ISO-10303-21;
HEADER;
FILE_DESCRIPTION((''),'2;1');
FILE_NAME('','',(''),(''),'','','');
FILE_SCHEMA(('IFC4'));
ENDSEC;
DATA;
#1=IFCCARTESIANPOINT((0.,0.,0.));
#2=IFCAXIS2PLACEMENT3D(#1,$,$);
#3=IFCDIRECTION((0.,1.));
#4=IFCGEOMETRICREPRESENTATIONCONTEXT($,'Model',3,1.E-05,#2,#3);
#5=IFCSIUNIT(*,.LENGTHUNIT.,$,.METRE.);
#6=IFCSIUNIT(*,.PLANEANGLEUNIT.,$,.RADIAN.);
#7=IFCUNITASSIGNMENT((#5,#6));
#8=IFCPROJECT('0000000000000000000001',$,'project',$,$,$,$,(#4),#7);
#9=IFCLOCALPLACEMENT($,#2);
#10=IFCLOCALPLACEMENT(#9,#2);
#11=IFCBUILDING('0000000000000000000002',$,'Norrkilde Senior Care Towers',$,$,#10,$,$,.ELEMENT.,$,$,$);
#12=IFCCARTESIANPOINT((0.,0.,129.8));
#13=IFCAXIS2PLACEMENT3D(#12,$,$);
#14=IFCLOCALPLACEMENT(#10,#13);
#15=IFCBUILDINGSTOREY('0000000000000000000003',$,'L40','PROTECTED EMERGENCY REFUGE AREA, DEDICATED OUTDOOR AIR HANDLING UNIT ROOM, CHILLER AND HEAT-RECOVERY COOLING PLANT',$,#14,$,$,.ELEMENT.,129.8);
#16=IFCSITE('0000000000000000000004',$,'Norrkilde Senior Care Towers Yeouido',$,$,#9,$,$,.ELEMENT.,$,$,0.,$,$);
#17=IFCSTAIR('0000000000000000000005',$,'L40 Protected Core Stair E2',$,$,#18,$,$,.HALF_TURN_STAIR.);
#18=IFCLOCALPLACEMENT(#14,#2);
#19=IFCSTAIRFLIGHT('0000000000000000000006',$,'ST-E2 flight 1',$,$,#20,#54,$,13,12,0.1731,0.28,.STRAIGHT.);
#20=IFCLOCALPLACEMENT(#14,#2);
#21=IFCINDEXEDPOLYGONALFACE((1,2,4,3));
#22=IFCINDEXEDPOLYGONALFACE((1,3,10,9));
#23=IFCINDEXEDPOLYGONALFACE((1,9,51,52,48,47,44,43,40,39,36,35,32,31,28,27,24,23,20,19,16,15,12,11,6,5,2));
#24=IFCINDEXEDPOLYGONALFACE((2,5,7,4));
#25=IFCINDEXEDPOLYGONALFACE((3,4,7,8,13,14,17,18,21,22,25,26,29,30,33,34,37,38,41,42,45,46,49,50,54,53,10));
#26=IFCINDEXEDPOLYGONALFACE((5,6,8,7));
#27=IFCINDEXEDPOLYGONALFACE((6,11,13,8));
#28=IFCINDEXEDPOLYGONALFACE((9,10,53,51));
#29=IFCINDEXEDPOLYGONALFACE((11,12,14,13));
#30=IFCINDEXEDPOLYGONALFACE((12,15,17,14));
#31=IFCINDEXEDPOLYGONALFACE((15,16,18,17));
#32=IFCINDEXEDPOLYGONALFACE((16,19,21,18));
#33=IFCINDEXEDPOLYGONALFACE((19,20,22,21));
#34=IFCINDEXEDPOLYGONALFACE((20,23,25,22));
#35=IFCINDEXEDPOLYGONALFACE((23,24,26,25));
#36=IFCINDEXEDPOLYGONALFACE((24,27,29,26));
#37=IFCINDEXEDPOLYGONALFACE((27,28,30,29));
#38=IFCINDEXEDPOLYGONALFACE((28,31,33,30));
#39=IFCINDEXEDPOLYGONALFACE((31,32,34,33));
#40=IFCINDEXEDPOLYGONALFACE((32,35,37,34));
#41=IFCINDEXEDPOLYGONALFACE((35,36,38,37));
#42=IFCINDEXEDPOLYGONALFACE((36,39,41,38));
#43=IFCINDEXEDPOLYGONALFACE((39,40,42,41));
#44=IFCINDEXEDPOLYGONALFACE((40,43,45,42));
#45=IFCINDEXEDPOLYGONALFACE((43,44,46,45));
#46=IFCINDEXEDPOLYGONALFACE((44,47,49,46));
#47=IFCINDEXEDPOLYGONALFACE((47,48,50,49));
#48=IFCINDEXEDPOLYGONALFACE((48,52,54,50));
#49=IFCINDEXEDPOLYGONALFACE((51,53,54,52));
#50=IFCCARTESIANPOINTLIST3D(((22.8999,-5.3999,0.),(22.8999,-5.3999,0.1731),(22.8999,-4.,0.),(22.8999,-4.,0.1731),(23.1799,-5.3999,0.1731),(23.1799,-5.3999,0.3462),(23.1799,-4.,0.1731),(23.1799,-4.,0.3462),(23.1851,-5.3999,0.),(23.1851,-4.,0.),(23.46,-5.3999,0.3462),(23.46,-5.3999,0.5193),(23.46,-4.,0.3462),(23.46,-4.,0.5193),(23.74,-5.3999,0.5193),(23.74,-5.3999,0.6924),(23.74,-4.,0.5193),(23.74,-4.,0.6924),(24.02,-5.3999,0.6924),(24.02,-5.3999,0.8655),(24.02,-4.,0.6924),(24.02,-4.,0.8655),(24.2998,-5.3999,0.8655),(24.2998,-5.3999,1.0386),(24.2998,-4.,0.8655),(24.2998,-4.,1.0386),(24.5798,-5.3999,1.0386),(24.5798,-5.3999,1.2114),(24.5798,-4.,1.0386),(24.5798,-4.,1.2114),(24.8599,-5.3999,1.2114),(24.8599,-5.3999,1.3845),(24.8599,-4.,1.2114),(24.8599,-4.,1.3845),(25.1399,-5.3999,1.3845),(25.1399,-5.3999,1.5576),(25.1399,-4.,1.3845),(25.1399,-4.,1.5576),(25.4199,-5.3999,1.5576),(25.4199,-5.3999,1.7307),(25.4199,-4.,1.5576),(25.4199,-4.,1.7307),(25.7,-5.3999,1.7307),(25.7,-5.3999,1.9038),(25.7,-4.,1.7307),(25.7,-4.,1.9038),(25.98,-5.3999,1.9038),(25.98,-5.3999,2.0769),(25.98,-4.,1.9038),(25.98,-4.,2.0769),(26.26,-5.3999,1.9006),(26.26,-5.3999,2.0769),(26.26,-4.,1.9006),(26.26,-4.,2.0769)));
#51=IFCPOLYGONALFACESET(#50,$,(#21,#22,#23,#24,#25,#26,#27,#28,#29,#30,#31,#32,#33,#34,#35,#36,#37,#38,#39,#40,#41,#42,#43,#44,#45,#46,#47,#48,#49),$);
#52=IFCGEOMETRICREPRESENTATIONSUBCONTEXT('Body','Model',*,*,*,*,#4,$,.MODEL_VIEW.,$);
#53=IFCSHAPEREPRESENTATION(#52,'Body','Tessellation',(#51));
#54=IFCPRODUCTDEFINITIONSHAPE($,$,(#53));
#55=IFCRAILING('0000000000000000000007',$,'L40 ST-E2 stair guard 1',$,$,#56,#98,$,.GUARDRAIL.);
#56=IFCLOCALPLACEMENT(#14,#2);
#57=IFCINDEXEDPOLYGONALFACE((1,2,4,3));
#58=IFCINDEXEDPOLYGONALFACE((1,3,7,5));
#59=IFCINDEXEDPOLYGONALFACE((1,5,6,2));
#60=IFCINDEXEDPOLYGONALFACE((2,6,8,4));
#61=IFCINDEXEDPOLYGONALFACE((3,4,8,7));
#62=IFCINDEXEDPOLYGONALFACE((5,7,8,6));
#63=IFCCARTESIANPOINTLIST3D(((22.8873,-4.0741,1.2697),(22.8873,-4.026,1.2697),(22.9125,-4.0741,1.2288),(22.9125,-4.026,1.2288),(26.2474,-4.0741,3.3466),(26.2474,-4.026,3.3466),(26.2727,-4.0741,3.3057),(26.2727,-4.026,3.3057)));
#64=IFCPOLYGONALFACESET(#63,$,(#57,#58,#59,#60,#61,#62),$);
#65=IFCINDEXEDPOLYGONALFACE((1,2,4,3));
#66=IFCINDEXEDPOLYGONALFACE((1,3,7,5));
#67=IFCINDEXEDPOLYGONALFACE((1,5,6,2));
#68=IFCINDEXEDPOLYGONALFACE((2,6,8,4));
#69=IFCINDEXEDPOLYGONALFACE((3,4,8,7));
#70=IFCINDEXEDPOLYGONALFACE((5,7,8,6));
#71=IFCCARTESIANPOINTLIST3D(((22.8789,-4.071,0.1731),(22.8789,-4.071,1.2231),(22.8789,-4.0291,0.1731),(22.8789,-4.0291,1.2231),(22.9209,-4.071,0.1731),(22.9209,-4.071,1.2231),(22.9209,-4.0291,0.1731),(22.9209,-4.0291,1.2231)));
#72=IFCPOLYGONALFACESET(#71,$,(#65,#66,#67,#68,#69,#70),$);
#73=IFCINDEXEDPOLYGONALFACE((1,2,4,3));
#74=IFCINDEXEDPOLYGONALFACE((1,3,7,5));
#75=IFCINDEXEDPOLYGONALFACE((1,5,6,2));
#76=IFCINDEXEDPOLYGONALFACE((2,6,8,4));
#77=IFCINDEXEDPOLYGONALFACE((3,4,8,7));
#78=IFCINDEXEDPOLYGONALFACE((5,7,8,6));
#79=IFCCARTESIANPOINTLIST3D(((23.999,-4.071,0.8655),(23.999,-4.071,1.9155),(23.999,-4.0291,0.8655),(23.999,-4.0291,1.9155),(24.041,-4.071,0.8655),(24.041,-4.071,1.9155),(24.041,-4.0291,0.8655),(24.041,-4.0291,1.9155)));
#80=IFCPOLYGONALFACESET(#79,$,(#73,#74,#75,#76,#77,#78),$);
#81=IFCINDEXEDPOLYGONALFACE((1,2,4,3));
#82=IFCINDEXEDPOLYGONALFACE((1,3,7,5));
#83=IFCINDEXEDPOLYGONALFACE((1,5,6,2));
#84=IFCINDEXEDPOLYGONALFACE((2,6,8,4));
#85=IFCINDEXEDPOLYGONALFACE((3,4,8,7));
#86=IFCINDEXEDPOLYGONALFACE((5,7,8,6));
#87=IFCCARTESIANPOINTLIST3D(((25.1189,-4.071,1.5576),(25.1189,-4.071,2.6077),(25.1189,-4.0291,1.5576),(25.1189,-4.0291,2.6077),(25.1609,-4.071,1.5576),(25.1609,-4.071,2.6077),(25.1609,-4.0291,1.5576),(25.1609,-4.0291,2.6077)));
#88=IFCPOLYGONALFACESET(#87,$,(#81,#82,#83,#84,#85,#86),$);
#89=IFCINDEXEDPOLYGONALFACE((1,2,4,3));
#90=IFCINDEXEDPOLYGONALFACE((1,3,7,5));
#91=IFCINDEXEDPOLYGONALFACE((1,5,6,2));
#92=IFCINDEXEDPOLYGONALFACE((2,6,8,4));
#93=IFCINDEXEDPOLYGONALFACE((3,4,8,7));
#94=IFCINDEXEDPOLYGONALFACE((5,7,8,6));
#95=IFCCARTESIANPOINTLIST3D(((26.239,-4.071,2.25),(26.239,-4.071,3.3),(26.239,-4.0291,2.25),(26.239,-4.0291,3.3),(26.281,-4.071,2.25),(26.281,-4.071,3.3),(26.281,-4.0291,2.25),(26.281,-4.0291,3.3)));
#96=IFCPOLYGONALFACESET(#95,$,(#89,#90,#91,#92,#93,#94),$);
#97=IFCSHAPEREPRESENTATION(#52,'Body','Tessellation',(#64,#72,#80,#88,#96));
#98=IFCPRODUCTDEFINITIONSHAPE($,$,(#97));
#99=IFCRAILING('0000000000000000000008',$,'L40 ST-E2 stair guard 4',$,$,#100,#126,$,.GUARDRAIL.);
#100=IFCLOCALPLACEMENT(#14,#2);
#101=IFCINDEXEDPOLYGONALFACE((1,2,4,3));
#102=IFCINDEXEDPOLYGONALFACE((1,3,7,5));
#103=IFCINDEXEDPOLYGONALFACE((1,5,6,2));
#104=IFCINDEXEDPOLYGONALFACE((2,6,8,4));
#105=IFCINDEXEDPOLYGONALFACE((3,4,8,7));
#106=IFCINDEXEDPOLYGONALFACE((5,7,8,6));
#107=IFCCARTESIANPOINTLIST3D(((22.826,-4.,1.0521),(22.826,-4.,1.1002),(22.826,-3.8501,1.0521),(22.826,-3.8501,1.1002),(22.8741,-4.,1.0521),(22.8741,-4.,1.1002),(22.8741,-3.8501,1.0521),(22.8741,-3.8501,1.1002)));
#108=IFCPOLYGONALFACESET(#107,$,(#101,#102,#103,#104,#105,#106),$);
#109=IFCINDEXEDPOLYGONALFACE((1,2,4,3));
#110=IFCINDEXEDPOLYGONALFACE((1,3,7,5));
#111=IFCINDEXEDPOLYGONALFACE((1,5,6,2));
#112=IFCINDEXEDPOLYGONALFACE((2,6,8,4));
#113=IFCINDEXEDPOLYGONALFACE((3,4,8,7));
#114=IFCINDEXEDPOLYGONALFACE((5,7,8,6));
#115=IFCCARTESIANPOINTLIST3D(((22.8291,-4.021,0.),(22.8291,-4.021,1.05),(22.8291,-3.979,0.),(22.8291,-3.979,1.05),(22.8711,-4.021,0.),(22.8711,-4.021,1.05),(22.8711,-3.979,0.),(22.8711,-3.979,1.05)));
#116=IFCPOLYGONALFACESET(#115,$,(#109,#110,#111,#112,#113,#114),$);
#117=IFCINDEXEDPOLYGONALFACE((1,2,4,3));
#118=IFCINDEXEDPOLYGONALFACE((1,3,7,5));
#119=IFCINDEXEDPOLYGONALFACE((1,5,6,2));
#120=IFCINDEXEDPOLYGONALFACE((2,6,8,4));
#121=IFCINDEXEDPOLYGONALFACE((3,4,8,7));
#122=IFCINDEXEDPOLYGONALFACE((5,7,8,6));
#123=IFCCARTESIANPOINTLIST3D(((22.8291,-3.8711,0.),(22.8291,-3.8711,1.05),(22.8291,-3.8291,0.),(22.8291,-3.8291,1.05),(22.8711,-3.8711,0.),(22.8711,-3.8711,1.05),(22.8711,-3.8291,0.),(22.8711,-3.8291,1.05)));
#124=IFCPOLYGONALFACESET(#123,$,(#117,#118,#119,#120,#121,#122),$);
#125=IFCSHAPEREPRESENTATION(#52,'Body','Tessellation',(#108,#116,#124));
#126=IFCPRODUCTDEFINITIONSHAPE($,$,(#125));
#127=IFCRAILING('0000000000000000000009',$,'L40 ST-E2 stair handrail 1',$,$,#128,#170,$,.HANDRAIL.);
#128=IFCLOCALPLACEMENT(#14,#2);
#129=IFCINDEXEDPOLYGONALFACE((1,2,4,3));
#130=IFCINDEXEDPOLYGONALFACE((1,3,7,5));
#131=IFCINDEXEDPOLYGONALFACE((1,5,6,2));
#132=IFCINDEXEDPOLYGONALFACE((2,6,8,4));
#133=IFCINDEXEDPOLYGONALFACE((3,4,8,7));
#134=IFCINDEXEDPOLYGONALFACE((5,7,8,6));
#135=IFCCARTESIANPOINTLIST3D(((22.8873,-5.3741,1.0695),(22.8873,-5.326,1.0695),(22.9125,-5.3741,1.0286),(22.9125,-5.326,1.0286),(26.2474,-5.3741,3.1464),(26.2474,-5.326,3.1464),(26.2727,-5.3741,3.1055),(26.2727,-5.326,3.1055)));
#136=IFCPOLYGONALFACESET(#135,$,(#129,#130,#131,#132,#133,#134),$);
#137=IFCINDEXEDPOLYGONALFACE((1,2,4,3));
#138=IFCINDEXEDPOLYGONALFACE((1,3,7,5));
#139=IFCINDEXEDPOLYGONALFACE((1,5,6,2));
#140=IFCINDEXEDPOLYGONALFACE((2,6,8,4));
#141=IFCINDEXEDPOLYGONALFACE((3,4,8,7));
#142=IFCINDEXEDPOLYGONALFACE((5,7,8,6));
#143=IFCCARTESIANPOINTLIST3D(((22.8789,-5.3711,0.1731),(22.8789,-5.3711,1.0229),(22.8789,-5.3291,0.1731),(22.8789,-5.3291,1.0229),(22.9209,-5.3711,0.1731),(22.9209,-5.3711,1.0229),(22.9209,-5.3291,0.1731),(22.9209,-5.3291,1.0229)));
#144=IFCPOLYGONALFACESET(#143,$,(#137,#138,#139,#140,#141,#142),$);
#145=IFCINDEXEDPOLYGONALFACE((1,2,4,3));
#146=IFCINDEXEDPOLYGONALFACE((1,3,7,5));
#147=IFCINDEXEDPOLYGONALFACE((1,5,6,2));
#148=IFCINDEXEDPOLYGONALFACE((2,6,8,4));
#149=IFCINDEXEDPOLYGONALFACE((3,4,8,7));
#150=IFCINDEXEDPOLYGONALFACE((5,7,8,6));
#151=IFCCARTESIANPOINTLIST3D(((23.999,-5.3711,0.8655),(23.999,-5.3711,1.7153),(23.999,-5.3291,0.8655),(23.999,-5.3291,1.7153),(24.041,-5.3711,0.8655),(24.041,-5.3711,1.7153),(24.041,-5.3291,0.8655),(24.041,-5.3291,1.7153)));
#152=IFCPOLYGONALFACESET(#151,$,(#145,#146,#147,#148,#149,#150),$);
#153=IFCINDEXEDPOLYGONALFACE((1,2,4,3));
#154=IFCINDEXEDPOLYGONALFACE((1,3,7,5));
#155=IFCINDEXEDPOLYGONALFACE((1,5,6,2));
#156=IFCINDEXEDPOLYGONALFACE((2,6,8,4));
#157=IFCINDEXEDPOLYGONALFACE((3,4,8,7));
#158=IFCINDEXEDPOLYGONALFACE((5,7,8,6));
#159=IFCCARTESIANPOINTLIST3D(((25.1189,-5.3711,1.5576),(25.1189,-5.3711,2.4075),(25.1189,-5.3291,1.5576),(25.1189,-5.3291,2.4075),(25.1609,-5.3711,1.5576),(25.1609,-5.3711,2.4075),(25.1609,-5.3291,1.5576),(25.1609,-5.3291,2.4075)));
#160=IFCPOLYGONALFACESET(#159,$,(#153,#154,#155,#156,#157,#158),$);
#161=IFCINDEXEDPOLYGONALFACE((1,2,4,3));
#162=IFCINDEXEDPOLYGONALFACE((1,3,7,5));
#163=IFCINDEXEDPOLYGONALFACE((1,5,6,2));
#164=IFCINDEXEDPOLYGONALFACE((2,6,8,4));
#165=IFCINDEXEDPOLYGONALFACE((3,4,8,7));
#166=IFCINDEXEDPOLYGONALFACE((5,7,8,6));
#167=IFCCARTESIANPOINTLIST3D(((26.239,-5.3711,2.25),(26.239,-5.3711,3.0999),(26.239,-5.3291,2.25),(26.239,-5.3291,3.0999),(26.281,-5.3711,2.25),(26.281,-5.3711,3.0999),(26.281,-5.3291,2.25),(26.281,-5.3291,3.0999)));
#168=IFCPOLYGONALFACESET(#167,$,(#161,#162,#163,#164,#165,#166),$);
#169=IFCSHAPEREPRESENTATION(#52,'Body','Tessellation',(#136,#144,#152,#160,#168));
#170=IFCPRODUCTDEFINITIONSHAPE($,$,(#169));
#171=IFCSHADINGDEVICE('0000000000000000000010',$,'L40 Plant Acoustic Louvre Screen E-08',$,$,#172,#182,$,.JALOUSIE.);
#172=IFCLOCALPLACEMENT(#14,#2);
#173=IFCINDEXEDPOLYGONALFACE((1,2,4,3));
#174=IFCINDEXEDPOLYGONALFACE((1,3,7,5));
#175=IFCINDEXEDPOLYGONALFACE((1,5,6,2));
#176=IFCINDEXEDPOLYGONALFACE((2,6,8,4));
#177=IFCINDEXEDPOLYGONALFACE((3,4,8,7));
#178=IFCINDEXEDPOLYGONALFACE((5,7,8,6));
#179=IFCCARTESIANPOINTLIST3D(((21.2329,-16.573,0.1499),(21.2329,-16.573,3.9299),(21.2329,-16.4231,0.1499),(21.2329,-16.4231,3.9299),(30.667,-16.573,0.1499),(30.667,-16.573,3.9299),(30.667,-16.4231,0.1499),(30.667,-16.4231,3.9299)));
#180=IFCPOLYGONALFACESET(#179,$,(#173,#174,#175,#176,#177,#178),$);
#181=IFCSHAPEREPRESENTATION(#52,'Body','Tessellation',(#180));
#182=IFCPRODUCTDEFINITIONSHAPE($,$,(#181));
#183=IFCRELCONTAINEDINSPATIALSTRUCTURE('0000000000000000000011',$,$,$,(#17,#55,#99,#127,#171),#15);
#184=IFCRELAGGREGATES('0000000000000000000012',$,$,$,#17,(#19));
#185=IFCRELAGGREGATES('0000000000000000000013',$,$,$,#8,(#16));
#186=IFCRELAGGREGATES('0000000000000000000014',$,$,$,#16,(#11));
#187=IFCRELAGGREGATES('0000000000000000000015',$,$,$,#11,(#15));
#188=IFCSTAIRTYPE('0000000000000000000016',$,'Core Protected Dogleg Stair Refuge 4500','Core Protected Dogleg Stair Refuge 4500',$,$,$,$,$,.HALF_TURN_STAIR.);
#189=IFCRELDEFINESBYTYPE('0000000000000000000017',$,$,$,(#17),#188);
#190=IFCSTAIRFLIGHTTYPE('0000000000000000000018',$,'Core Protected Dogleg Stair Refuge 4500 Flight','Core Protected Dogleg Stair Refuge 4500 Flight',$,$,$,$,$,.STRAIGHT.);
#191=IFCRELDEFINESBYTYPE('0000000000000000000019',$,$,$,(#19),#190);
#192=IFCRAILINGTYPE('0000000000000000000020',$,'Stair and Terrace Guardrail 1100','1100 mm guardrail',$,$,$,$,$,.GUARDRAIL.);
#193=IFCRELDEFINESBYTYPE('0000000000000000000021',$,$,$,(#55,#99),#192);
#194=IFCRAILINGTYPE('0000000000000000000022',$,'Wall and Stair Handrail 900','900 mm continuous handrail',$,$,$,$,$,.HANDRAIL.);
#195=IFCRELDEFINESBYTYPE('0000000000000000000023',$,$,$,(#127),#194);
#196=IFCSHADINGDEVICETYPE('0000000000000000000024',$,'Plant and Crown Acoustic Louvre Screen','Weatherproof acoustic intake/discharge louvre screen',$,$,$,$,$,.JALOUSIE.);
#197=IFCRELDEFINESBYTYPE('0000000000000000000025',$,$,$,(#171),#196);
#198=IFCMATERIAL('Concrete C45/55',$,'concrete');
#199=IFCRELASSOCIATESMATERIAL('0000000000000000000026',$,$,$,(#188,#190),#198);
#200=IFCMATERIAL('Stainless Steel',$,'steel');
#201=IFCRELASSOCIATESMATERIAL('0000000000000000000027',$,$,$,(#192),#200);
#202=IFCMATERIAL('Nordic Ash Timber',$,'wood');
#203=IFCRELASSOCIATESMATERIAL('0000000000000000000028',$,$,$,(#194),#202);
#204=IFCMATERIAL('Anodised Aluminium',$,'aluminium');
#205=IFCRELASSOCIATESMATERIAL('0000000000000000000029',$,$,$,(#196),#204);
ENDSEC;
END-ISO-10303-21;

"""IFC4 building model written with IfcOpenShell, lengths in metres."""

from ifc_helpers import new_model, si_unit, direction, frame, origin, origin_2d, place, context, subcontext, project, spatial, polyline, rectangle, outline, extrude, source, transform, mapped, material, type_object, type_shapes, element, aggregate, save


model = new_model("IFC4")

# Units and contexts
model_context = context("Model", 3, precision=1e-05, world=origin(), true_north=direction((0.0, 1.0)))
body_context = subcontext(model_context, "Body", "Model", "MODEL_VIEW")
ifc_project = project(units=[si_unit("LENGTHUNIT", "METRE"), si_unit("PLANEANGLEUNIT", "RADIAN")], contexts=[model_context])

# Site, building, storey
site_placement = place(None, origin())
site = spatial("IfcSite", under=ifc_project, at=site_placement, Name="Norrkilde Senior Care Towers Yeouido", CompositionType="ELEMENT", RefElevation=0.0)
building_placement = place(site_placement, origin())
building = spatial("IfcBuilding", under=site, at=building_placement, Name="Norrkilde Senior Care Towers", CompositionType="ELEMENT")
storey_placement = place(building_placement, frame((0.0, 0.0, 129.8)))
storey = spatial("IfcBuildingStorey", under=building, at=storey_placement, Name="L40", Description="PROTECTED EMERGENCY REFUGE AREA, DEDICATED OUTDOOR AIR HANDLING UNIT ROOM, CHILLER AND HEAT-RECOVERY COOLING PLANT", CompositionType="ELEMENT", Elevation=129.8)

# Shared definitions
ifc_material_1 = material(Name="Anodised Aluminium", Category="aluminium")

# Shared definitions
ifc_material_2 = material(Name="Concrete C45/55", Category="concrete")

# Stair, stair flight
stair_type = type_object("IfcStairType", Name="Core Protected Dogleg Stair Refuge 4500", Description="Core Protected Dogleg Stair Refuge 4500", PredefinedType="HALF_TURN_STAIR", material=ifc_material_2)
stair_placement = place(storey_placement, origin())
stair = element("IfcStair", 1, at=stair_placement, inside=storey, type_object=stair_type, Name="L40 Protected Core Stair E2", PredefinedType="HALF_TURN_STAIR")
stair_flight_type = type_object("IfcStairFlightType", Name="Core Protected Dogleg Stair Refuge 4500 Flight", Description="Core Protected Dogleg Stair Refuge 4500 Flight", PredefinedType="STRAIGHT", material=ifc_material_2)
stair_flight_placement = place(storey_placement, frame((22.8999, -4.7, 0.0), z_axis=(0.0, 0.0, 1.0), x_axis=(1.0, 0.0, 0.0)))
stair_flight = element("IfcStairFlight", 2, at=stair_flight_placement, type_object=stair_flight_type, Name="ST-E2 flight 1", NumberOfRisers=13, NumberOfTreads=12, PredefinedType="STRAIGHT", RiserHeight=0.1731, TreadLength=0.28, context=body_context, shape_type="SweptSolid", body=[
    extrude(outline(polyline([(0.0, 0.0), (0.0, 0.1731), (0.28, 0.1731), (0.28, 0.3462), (0.5601, 0.3462), (0.5601, 0.5193), (0.8401, 0.5193), (0.8401, 0.6924), (1.1201, 0.6924), (1.1201, 0.8655), (1.3999, 0.8655), (1.3999, 1.0386), (1.6799, 1.0386), (1.6799, 1.2114), (1.96, 1.2114), (1.96, 1.3845), (2.24, 1.3845), (2.24, 1.5576), (2.52, 1.5576), (2.52, 1.7307), (2.8, 1.7307), (2.8, 1.9038), (3.0801, 1.9038), (3.0801, 2.0769), (3.3601, 2.0769), (3.3601, 2.25), (3.3601, 1.9006), (0.2852, 0.0), (0.0, 0.0)])), frame((0.0, 0.7, 0.0), z_axis=(0.0, -1.0, 0.0), x_axis=(1.0, 0.0, 0.0)), (0.0, 0.0, 1.0), 1.3999),
])
aggregate(stair, [stair_flight])

# Railings
ifc_material_3 = material(Name="Stainless Steel", Category="steel")
railing_type_1 = type_object("IfcRailingType", Name="Stair and Terrace Guardrail 1100", Description="1100 mm guardrail", PredefinedType="GUARDRAIL", material=ifc_material_3)
railing_1_placement = place(storey_placement, frame((22.8999, -4.05, 0.1731)))
element("IfcRailing", 3, at=railing_1_placement, inside=storey, type_object=railing_type_1, Name="L40 ST-E2 stair guard 1", PredefinedType="GUARDRAIL", context=body_context, shape_type="SweptSolid", body=[
    extrude(rectangle(XDim=0.0481, YDim=0.0481, at=origin_2d()), frame((0.0, 0.0, 1.0762), z_axis=(0.850623, 0.0, 0.525776), x_axis=(0.0, 1.0, 0.0)), (0.0, 0.0, 1.0), 3.9502),
    extrude(rectangle(XDim=0.042, YDim=0.042, at=origin_2d()), origin(), (0.0, 0.0, 1.0), 1.05),
    extrude(rectangle(XDim=0.042, YDim=0.042, at=origin_2d()), frame((1.1201, 0.0, 0.6924)), (0.0, 0.0, 1.0), 1.05),
    extrude(rectangle(XDim=0.042, YDim=0.042, at=origin_2d()), frame((2.24, 0.0, 1.3845)), (0.0, 0.0, 1.0), 1.05),
    extrude(rectangle(XDim=0.042, YDim=0.042, at=origin_2d()), frame((3.3601, 0.0, 2.0769)), (0.0, 0.0, 1.0), 1.05),
])
railing_2_placement = place(storey_placement, frame((22.8501, -4.0, 0.0)))
element("IfcRailing", 4, at=railing_2_placement, inside=storey, type_object=railing_type_1, Name="L40 ST-E2 stair guard 4", PredefinedType="GUARDRAIL", context=body_context, shape_type="SweptSolid", body=[
    extrude(rectangle(XDim=0.0481, YDim=0.0481, at=origin_2d()), frame((0.0, 0.0, 1.0762), z_axis=(0.0, 1.0, 0.0), x_axis=(-1.0, 0.0, 0.0)), (0.0, 0.0, 1.0), 0.1499),
    extrude(rectangle(XDim=0.042, YDim=0.042, at=origin_2d()), origin(), (0.0, 0.0, 1.0), 1.05),
    extrude(rectangle(XDim=0.042, YDim=0.042, at=origin_2d()), frame((0.0, 0.1499, 0.0)), (0.0, 0.0, 1.0), 1.05),
])
ifc_material_4 = material(Name="Nordic Ash Timber", Category="wood")
railing_type_2 = type_object("IfcRailingType", Name="Wall and Stair Handrail 900", Description="900 mm continuous handrail", PredefinedType="HANDRAIL", material=ifc_material_4)
railing_3_placement = place(storey_placement, frame((22.8999, -5.3501, 0.1731)))
element("IfcRailing", 5, at=railing_3_placement, inside=storey, type_object=railing_type_2, Name="L40 ST-E2 stair handrail 1", PredefinedType="HANDRAIL", context=body_context, shape_type="SweptSolid", body=[
    extrude(rectangle(XDim=0.0481, YDim=0.0481, at=origin_2d()), frame((0.0, 0.0, 0.876), z_axis=(0.850623, 0.0, 0.525776), x_axis=(0.0, 1.0, 0.0)), (0.0, 0.0, 1.0), 3.9502),
    extrude(rectangle(XDim=0.042, YDim=0.042, at=origin_2d()), origin(), (0.0, 0.0, 1.0), 0.8499),
    extrude(rectangle(XDim=0.042, YDim=0.042, at=origin_2d()), frame((1.1201, 0.0, 0.6924)), (0.0, 0.0, 1.0), 0.8499),
    extrude(rectangle(XDim=0.042, YDim=0.042, at=origin_2d()), frame((2.24, 0.0, 1.3845)), (0.0, 0.0, 1.0), 0.8499),
    extrude(rectangle(XDim=0.042, YDim=0.042, at=origin_2d()), frame((3.3601, 0.0, 2.0769)), (0.0, 0.0, 1.0), 0.8499),
])

# Shading device
shading_device_type = type_object("IfcShadingDeviceType", Name="Plant and Crown Acoustic Louvre Screen", Description="Weatherproof acoustic intake/discharge louvre screen", PredefinedType="JALOUSIE", material=ifc_material_1)
shared_shape_1 = source(origin(), body_context, "Body", "SweptSolid", [
    extrude(rectangle(XDim=9.4341, YDim=0.1499, at=origin_2d()), origin(), (0.0, 0.0, 1.0), 3.78),
])
type_shapes(shading_device_type, [shared_shape_1])
shading_device_placement = place(storey_placement, frame((25.95, -16.498, 0.1499), z_axis=(0.0, 0.0, 1.0), x_axis=(-1.0, 0.0, 0.0)))
element("IfcShadingDevice", 6, at=shading_device_placement, inside=storey, type_object=shading_device_type, Name="L40 Plant Acoustic Louvre Screen E-08", PredefinedType="JALOUSIE", context=body_context, shape_type="MappedRepresentation", body=[
    mapped(shared_shape_1, transform((0.0, 0.0, 0.0), x_axis=(1.0, 0.0, 0.0), y_axis=(0.0, 1.0, 0.0), z_axis=(0.0, 0.0, 1.0), scale=1.0)),
])

save(model, "model.ifc")
